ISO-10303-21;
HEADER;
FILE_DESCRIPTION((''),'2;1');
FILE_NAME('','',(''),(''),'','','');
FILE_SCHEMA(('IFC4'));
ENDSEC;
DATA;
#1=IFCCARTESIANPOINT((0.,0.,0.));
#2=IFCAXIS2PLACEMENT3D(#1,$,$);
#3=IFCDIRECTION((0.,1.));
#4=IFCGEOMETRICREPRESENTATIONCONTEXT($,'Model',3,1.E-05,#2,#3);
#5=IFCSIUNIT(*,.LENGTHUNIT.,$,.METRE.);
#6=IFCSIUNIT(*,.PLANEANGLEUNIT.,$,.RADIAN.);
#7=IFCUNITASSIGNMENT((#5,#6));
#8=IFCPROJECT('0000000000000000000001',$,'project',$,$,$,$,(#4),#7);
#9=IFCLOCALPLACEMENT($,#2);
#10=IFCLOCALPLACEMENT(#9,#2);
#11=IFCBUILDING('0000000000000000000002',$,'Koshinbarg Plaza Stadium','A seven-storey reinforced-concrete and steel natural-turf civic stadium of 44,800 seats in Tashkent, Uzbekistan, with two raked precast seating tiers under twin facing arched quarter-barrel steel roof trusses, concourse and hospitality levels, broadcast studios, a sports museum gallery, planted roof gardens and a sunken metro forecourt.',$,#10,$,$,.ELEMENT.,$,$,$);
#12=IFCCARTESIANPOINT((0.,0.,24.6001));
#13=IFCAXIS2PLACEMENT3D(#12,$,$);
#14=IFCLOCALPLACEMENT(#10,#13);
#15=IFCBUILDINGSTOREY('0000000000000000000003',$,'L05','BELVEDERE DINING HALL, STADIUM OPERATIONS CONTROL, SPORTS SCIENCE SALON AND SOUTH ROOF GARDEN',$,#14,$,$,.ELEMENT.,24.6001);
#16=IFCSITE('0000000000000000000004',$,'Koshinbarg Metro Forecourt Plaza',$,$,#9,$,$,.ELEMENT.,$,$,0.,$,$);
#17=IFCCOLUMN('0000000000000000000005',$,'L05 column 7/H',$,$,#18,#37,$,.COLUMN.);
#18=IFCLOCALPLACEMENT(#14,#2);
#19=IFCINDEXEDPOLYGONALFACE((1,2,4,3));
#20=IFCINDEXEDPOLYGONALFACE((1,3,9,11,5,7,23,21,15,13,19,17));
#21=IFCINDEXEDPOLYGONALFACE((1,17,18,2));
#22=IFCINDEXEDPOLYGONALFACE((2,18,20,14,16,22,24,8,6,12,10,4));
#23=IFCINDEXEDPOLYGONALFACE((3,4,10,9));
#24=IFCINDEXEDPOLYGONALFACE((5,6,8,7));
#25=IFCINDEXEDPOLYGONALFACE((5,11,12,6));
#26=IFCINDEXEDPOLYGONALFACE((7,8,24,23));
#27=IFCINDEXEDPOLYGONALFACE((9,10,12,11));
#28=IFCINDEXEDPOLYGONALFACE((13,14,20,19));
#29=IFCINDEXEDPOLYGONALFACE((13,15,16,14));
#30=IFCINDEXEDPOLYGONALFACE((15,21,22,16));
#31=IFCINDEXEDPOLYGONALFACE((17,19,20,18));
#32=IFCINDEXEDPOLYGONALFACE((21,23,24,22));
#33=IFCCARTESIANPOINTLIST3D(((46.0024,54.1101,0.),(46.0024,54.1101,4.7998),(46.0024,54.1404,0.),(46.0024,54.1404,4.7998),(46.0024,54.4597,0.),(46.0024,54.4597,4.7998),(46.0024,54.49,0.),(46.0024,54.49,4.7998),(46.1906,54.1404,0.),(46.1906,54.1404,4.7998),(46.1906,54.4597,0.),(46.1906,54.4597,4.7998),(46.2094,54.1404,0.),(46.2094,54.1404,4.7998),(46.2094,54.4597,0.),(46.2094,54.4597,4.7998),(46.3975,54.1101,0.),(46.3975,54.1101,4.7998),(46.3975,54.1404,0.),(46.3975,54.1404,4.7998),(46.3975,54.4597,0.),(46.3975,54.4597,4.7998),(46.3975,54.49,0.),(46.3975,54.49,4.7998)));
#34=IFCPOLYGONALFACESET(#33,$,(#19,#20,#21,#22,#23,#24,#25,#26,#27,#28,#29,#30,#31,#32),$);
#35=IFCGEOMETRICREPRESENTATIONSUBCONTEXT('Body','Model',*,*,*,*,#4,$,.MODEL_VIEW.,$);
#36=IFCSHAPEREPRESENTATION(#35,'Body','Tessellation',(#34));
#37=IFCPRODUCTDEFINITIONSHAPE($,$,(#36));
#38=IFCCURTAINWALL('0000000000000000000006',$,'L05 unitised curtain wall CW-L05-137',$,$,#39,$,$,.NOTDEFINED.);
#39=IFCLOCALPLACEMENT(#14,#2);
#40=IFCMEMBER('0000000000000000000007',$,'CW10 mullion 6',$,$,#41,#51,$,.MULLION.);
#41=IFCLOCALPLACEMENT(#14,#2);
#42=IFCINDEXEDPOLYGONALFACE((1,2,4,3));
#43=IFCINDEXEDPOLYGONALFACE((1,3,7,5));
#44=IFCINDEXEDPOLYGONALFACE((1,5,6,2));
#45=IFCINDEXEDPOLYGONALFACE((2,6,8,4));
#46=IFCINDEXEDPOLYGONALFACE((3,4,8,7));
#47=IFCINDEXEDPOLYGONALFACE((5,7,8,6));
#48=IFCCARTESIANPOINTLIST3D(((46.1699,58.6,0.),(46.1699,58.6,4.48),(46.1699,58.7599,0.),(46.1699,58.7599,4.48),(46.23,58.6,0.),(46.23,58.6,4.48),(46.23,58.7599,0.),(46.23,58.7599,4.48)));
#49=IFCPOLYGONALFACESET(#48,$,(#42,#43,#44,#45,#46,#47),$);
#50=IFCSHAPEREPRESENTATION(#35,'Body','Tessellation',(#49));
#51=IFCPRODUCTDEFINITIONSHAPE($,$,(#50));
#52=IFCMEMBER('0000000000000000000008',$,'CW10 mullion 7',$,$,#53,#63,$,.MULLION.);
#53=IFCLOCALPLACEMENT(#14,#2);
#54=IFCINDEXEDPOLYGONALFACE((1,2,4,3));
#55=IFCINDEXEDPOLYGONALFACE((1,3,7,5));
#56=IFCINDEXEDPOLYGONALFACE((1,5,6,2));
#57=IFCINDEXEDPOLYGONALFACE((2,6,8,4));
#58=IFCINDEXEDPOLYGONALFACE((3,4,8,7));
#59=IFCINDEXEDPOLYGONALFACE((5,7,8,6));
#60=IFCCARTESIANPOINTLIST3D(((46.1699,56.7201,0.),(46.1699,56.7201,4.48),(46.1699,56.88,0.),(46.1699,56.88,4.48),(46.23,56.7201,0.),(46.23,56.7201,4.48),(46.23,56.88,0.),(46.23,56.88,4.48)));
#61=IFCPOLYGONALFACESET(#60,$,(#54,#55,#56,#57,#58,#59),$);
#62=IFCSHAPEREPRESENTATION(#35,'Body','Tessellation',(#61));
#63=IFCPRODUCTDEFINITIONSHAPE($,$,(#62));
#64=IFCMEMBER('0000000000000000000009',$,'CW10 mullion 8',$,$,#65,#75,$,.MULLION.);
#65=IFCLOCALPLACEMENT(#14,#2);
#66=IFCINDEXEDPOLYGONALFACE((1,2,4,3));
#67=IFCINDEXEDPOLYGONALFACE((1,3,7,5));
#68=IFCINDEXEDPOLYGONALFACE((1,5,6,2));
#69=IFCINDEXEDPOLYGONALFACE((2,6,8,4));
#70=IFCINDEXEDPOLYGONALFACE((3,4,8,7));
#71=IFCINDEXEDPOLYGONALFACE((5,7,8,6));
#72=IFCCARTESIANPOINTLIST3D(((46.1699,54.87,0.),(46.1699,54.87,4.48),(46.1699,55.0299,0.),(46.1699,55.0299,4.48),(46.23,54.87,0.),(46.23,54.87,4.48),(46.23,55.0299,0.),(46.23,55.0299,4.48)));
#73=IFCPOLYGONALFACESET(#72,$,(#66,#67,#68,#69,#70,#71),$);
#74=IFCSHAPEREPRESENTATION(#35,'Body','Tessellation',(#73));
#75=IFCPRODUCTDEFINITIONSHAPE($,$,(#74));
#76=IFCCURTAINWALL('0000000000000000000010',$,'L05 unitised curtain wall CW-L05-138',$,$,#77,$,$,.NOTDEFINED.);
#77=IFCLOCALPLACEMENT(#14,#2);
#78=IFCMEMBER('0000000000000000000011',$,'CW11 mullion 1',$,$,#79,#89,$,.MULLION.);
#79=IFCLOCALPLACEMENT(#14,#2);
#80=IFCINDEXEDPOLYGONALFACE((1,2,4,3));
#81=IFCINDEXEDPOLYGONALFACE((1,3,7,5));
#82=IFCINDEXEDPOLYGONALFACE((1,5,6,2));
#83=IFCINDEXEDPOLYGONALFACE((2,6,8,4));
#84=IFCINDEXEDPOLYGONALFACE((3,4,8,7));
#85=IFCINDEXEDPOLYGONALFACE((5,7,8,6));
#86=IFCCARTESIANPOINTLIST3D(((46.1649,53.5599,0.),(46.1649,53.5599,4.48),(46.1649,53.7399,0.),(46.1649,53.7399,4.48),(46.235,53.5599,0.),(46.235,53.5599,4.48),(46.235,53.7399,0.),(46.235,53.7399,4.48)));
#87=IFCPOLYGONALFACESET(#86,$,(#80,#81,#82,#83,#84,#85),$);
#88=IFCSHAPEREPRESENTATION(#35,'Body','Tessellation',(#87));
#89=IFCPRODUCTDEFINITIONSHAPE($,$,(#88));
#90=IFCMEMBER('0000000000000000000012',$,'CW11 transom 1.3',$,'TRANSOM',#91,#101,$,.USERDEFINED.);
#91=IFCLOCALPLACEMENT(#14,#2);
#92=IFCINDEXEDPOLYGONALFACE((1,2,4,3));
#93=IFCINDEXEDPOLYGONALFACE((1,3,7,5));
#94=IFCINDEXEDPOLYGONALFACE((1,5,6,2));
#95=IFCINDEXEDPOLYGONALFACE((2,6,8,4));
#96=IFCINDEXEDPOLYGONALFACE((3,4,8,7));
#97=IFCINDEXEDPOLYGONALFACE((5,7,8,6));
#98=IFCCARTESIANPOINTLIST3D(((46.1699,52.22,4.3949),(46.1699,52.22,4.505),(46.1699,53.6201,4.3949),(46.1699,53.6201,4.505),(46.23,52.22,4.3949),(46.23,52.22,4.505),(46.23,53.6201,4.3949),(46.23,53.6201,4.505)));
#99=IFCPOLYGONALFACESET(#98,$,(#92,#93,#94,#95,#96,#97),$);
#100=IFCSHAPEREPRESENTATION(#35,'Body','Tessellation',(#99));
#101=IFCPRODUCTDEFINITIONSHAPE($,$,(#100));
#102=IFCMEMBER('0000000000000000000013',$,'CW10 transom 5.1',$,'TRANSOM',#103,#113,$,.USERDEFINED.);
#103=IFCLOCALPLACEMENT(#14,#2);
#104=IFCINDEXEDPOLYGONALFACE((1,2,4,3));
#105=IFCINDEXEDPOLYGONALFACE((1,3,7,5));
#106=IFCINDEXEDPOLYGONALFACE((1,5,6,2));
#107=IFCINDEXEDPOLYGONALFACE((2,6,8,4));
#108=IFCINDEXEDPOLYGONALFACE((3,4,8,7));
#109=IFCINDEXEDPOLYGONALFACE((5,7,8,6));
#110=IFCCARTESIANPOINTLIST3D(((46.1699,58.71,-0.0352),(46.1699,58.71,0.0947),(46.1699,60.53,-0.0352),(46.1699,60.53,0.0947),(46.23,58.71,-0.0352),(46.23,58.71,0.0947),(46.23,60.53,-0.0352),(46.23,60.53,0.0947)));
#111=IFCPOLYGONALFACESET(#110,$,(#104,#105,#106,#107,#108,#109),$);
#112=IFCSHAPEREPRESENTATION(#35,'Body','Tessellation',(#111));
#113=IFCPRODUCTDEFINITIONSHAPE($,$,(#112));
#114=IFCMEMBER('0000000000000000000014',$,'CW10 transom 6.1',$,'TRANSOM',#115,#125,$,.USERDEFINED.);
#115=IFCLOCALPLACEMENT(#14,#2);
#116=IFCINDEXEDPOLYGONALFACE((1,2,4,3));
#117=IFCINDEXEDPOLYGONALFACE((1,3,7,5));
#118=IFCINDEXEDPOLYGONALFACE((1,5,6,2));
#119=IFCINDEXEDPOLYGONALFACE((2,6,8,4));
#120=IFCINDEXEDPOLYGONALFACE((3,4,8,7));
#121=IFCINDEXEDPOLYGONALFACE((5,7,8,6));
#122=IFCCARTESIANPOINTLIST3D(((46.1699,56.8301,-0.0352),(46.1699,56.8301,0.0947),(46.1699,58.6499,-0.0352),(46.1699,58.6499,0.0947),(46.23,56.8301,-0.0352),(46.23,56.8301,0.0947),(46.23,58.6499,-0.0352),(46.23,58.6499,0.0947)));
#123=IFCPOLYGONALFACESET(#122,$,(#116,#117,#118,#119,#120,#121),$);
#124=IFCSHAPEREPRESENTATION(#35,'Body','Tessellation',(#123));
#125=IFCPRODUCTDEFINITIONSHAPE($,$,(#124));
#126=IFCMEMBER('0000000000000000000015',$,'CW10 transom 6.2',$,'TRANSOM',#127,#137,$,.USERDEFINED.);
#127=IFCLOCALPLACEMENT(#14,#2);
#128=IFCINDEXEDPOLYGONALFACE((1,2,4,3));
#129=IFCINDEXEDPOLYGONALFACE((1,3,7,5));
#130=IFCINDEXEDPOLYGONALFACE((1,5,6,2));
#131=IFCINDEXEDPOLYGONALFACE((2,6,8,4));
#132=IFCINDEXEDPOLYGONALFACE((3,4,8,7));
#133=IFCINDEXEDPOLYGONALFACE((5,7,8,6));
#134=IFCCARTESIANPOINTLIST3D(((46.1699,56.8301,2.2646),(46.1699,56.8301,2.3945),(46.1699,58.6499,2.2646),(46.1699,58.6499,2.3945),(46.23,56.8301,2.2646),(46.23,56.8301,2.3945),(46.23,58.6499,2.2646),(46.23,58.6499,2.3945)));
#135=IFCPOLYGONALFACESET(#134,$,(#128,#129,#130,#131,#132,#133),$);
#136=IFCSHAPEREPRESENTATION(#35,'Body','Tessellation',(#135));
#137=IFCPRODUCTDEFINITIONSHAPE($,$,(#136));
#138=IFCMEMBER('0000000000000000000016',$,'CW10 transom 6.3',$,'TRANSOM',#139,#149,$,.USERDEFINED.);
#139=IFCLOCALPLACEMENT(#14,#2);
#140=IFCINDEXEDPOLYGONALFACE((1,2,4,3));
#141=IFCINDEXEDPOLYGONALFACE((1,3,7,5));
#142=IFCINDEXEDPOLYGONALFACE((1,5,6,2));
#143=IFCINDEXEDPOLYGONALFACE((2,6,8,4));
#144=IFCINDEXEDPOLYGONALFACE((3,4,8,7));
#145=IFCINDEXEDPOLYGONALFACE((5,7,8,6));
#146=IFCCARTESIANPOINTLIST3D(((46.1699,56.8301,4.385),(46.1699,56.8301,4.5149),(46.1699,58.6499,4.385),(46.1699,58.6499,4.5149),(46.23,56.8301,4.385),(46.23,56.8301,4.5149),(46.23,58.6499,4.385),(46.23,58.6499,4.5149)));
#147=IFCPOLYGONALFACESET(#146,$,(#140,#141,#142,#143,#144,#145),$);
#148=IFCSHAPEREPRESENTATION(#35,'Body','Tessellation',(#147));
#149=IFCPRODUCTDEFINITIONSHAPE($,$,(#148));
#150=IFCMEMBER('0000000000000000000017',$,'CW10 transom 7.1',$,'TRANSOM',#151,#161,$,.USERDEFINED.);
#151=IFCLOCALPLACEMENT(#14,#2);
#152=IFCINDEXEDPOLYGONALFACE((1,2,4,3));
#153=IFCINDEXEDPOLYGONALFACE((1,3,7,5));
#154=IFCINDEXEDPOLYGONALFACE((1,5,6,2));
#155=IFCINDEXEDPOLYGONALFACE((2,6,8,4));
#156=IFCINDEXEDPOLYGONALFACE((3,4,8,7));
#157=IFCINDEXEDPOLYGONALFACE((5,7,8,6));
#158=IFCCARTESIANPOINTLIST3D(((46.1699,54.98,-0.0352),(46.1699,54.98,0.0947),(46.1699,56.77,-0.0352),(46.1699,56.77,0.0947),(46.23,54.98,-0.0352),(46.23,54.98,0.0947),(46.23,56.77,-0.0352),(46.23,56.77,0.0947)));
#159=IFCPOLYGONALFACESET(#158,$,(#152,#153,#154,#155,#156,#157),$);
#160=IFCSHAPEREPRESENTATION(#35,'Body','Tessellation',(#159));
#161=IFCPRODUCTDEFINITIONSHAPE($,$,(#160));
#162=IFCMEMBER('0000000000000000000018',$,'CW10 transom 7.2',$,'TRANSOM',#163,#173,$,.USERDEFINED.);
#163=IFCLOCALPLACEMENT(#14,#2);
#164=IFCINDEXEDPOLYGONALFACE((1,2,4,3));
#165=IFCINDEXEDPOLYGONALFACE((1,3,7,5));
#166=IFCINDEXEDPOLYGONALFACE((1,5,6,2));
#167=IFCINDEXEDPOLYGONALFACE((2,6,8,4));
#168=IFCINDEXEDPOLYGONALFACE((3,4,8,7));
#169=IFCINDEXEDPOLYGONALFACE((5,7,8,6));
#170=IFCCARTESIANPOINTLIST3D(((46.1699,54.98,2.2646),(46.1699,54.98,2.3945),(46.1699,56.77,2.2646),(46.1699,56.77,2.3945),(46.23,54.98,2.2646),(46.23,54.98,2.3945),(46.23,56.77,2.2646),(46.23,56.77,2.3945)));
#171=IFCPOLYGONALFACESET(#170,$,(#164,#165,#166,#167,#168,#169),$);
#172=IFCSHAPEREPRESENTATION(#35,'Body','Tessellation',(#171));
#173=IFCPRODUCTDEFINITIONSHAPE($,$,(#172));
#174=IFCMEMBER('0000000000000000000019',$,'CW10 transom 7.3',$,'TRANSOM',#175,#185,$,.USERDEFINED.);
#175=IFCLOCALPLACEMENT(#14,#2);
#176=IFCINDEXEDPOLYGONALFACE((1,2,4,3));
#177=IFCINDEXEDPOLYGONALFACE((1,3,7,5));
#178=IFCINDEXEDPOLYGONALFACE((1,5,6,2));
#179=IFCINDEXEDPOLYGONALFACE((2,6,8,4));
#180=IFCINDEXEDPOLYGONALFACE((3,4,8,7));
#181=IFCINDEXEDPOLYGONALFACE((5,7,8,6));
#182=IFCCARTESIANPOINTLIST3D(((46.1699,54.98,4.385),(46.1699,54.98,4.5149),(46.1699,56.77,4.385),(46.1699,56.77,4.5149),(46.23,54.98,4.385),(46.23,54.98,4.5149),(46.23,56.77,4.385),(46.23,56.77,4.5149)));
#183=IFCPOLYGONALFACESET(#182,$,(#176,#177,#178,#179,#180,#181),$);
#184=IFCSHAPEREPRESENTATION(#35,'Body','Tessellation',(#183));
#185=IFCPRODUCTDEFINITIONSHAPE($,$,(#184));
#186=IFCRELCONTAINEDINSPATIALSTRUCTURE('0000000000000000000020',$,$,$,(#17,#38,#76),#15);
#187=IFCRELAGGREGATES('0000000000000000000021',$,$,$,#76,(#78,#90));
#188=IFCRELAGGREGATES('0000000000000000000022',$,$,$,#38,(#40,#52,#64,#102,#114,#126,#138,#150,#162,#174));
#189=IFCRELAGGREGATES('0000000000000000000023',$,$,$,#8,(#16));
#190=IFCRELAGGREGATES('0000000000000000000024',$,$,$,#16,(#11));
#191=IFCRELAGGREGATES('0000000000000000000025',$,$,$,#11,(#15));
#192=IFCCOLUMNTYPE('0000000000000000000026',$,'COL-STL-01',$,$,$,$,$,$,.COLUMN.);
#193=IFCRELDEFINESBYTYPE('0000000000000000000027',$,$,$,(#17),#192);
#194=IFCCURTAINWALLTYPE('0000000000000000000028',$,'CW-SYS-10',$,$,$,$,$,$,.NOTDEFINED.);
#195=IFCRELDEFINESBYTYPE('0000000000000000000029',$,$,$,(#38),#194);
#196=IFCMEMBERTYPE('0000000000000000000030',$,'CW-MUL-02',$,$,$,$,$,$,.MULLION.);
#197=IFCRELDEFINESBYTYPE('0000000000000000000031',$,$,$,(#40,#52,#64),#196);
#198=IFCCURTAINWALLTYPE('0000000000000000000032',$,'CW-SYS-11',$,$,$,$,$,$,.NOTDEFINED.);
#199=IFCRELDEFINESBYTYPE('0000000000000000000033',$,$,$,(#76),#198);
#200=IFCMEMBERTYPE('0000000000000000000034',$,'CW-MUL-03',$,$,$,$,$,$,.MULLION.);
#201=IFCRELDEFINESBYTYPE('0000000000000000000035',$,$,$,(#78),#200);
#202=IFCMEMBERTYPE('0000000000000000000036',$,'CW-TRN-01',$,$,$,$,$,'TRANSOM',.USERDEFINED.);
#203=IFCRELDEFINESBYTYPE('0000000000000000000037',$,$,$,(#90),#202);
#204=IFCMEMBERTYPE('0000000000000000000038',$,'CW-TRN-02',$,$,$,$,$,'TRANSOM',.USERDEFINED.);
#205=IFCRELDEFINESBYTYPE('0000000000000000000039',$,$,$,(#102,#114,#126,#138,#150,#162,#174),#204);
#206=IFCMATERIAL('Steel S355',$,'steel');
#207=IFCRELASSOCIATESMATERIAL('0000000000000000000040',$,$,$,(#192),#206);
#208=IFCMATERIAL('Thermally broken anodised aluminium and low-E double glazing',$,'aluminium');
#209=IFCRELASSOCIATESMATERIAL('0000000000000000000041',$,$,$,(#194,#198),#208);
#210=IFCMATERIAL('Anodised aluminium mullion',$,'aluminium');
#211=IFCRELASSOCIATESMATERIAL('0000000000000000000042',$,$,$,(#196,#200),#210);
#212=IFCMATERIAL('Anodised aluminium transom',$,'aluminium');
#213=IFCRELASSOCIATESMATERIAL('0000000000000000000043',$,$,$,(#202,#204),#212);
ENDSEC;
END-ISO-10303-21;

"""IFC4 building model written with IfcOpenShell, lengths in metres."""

from ifc_helpers import new_model, si_unit, direction, frame, origin, origin_2d, place, context, subcontext, project, spatial, rectangle, i_section, extrude, material, material_profile, profile_set, type_object, element, aggregate, save


model = new_model("IFC4")

# Units and contexts
model_context = context("Model", 3, precision=1e-05, world=origin(), true_north=direction((0.0, 1.0)))
body_context = subcontext(model_context, "Body", "Model", "MODEL_VIEW")
ifc_project = project(units=[si_unit("LENGTHUNIT", "METRE"), si_unit("PLANEANGLEUNIT", "RADIAN")], contexts=[model_context])

# Site, building, storey
site_placement = place(None, origin())
site = spatial("IfcSite", under=ifc_project, at=site_placement, Name="Koshinbarg Metro Forecourt Plaza", CompositionType="ELEMENT", RefElevation=0.0)
building_placement = place(site_placement, origin())
building = spatial("IfcBuilding", under=site, at=building_placement, Name="Koshinbarg Plaza Stadium", Description="A seven-storey reinforced-concrete and steel natural-turf civic stadium of 44,800 seats in Tashkent, Uzbekistan, with two raked precast seating tiers under twin facing arched quarter-barrel steel roof trusses, concourse and hospitality levels, broadcast studios, a sports museum gallery, planted roof gardens and a sunken metro forecourt.", CompositionType="ELEMENT")
storey_placement = place(building_placement, frame((0.0, 0.0, 24.6001)))
storey = spatial("IfcBuildingStorey", under=building, at=storey_placement, Name="L05", Description="BELVEDERE DINING HALL, STADIUM OPERATIONS CONTROL, SPORTS SCIENCE SALON AND SOUTH ROOF GARDEN", CompositionType="ELEMENT", Elevation=24.6001)

# Column
ifc_material_1 = material(Name="Steel S355", Category="steel")
ifc_material_profile_1 = material_profile(ifc_material_1, i_section(OverallWidth=0.395, OverallDepth=0.3799, WebThickness=0.0188, FlangeThickness=0.0303, at=origin_2d()), Name="HD 400x237")
ifc_profile_set_1 = profile_set([ifc_material_profile_1], Name="Steel S355")
column_type = type_object("IfcColumnType", Name="COL-STL-01", PredefinedType="COLUMN", material=ifc_profile_set_1)
column_placement = place(storey_placement, frame((46.2, 54.3, 0.0), z_axis=(0.0, 0.0, 1.0), x_axis=(1.0, 0.0, 0.0)))
element("IfcColumn", 1, at=column_placement, inside=storey, type_object=column_type, Name="L05 column 7/H", PredefinedType="COLUMN", context=body_context, shape_type="SweptSolid", body=[
    extrude(i_section(OverallWidth=0.395, OverallDepth=0.3799, WebThickness=0.0188, FlangeThickness=0.0303, at=origin_2d()), origin(), (0.0, 0.0, 1.0), 4.7998),
])

# Curtain walls, members
ifc_material_2 = material(Name="Thermally broken anodised aluminium and low-E double glazing", Category="aluminium")
curtain_wall_type_1 = type_object("IfcCurtainWallType", Name="CW-SYS-10", PredefinedType="NOTDEFINED", material=ifc_material_2)
curtain_wall_1_placement = place(storey_placement, origin())
curtain_wall_1 = element("IfcCurtainWall", 2, at=curtain_wall_1_placement, inside=storey, type_object=curtain_wall_type_1, Name="L05 unitised curtain wall CW-L05-137", PredefinedType="NOTDEFINED")
ifc_material_3 = material(Name="Anodised aluminium mullion", Category="aluminium")
ifc_material_profile_2 = material_profile(ifc_material_3, rectangle(XDim=0.0601, YDim=0.1599, at=origin_2d()), Name="ALU 60x160")
ifc_profile_set_2 = profile_set([ifc_material_profile_2], Name="Anodised aluminium mullion")
member_type_1 = type_object("IfcMemberType", Name="CW-MUL-02", PredefinedType="MULLION", material=ifc_profile_set_2)
member_1_placement = place(storey_placement, frame((46.2, 58.6799, 0.0), z_axis=(0.0, 0.0, 1.0), x_axis=(1.0, 0.0, 0.0)))
member_1 = element("IfcMember", 3, at=member_1_placement, type_object=member_type_1, Name="CW10 mullion 6", PredefinedType="MULLION", context=body_context, shape_type="SweptSolid", body=[
    extrude(rectangle(XDim=0.0601, YDim=0.1599, at=origin_2d()), origin(), (0.0, 0.0, 1.0), 4.48),
])
member_2_placement = place(storey_placement, frame((46.2, 56.8, 0.0), z_axis=(0.0, 0.0, 1.0), x_axis=(1.0, 0.0, 0.0)))
member_2 = element("IfcMember", 4, at=member_2_placement, type_object=member_type_1, Name="CW10 mullion 7", PredefinedType="MULLION", context=body_context, shape_type="SweptSolid", body=[
    extrude(rectangle(XDim=0.0601, YDim=0.1599, at=origin_2d()), origin(), (0.0, 0.0, 1.0), 4.48),
])
member_3_placement = place(storey_placement, frame((46.2, 54.95, 0.0), z_axis=(0.0, 0.0, 1.0), x_axis=(1.0, 0.0, 0.0)))
member_3 = element("IfcMember", 5, at=member_3_placement, type_object=member_type_1, Name="CW10 mullion 8", PredefinedType="MULLION", context=body_context, shape_type="SweptSolid", body=[
    extrude(rectangle(XDim=0.0601, YDim=0.1599, at=origin_2d()), origin(), (0.0, 0.0, 1.0), 4.48),
])
curtain_wall_type_2 = type_object("IfcCurtainWallType", Name="CW-SYS-11", PredefinedType="NOTDEFINED", material=ifc_material_2)
curtain_wall_2_placement = place(storey_placement, origin())
curtain_wall_2 = element("IfcCurtainWall", 6, at=curtain_wall_2_placement, inside=storey, type_object=curtain_wall_type_2, Name="L05 unitised curtain wall CW-L05-138", PredefinedType="NOTDEFINED")
ifc_material_profile_3 = material_profile(ifc_material_3, rectangle(XDim=0.0701, YDim=0.1799, at=origin_2d()), Name="ALU 70x180")
ifc_profile_set_3 = profile_set([ifc_material_profile_3], Name="Anodised aluminium mullion")
member_type_2 = type_object("IfcMemberType", Name="CW-MUL-03", PredefinedType="MULLION", material=ifc_profile_set_3)
member_4_placement = place(storey_placement, frame((46.2, 53.6499, 0.0), z_axis=(0.0, 0.0, 1.0), x_axis=(1.0, 0.0, 0.0)))
member_4 = element("IfcMember", 7, at=member_4_placement, type_object=member_type_2, Name="CW11 mullion 1", PredefinedType="MULLION", context=body_context, shape_type="SweptSolid", body=[
    extrude(rectangle(XDim=0.0701, YDim=0.1799, at=origin_2d()), origin(), (0.0, 0.0, 1.0), 4.48),
])
ifc_material_4 = material(Name="Anodised aluminium transom", Category="aluminium")
ifc_material_profile_4 = material_profile(ifc_material_4, rectangle(XDim=0.0601, YDim=0.1101, at=origin_2d()), Name="ALU 60x110")
ifc_profile_set_4 = profile_set([ifc_material_profile_4], Name="Anodised aluminium transom")
member_type_3 = type_object("IfcMemberType", Name="CW-TRN-01", ElementType="TRANSOM", PredefinedType="USERDEFINED", material=ifc_profile_set_4)
member_5_placement = place(storey_placement, frame((46.2, 53.6201, 4.45), z_axis=(0.0, -1.0, 0.0), x_axis=(1.0, 0.0, 0.0)))
member_5 = element("IfcMember", 8, at=member_5_placement, type_object=member_type_3, Name="CW11 transom 1.3", ObjectType="TRANSOM", PredefinedType="USERDEFINED", context=body_context, shape_type="SweptSolid", body=[
    extrude(rectangle(XDim=0.0601, YDim=0.1101, at=origin_2d()), origin(), (0.0, 0.0, 1.0), 1.4001),
])
aggregate(curtain_wall_2, [member_4, member_5])

# Members
ifc_material_profile_5 = material_profile(ifc_material_4, rectangle(XDim=0.0601, YDim=0.1299, at=origin_2d()), Name="ALU 60x130")
ifc_profile_set_5 = profile_set([ifc_material_profile_5], Name="Anodised aluminium transom")
member_type_4 = type_object("IfcMemberType", Name="CW-TRN-02", ElementType="TRANSOM", PredefinedType="USERDEFINED", material=ifc_profile_set_5)
member_6_placement = place(storey_placement, frame((46.2, 60.53, 0.0298), z_axis=(0.0, -1.0, 0.0), x_axis=(1.0, 0.0, 0.0)))
member_6 = element("IfcMember", 9, at=member_6_placement, type_object=member_type_4, Name="CW10 transom 5.1", ObjectType="TRANSOM", PredefinedType="USERDEFINED", context=body_context, shape_type="SweptSolid", body=[
    extrude(rectangle(XDim=0.0601, YDim=0.1299, at=origin_2d()), origin(), (0.0, 0.0, 1.0), 1.8201),
])
member_7_placement = place(storey_placement, frame((46.2, 58.6499, 0.0298), z_axis=(0.0, -1.0, 0.0), x_axis=(1.0, 0.0, 0.0)))
member_7 = element("IfcMember", 10, at=member_7_placement, type_object=member_type_4, Name="CW10 transom 6.1", ObjectType="TRANSOM", PredefinedType="USERDEFINED", context=body_context, shape_type="SweptSolid", body=[
    extrude(rectangle(XDim=0.0601, YDim=0.1299, at=origin_2d()), origin(), (0.0, 0.0, 1.0), 1.8198),
])
member_8_placement = place(storey_placement, frame((46.2, 58.6499, 2.3296), z_axis=(0.0, -1.0, 0.0), x_axis=(1.0, 0.0, 0.0)))
member_8 = element("IfcMember", 11, at=member_8_placement, type_object=member_type_4, Name="CW10 transom 6.2", ObjectType="TRANSOM", PredefinedType="USERDEFINED", context=body_context, shape_type="SweptSolid", body=[
    extrude(rectangle(XDim=0.0601, YDim=0.1299, at=origin_2d()), origin(), (0.0, 0.0, 1.0), 1.8198),
])
member_9_placement = place(storey_placement, frame((46.2, 58.6499, 4.45), z_axis=(0.0, -1.0, 0.0), x_axis=(1.0, 0.0, 0.0)))
member_9 = element("IfcMember", 12, at=member_9_placement, type_object=member_type_4, Name="CW10 transom 6.3", ObjectType="TRANSOM", PredefinedType="USERDEFINED", context=body_context, shape_type="SweptSolid", body=[
    extrude(rectangle(XDim=0.0601, YDim=0.1299, at=origin_2d()), origin(), (0.0, 0.0, 1.0), 1.8198),
])
member_10_placement = place(storey_placement, frame((46.2, 56.77, 0.0298), z_axis=(0.0, -1.0, 0.0), x_axis=(1.0, 0.0, 0.0)))
member_10 = element("IfcMember", 13, at=member_10_placement, type_object=member_type_4, Name="CW10 transom 7.1", ObjectType="TRANSOM", PredefinedType="USERDEFINED", context=body_context, shape_type="SweptSolid", body=[
    extrude(rectangle(XDim=0.0601, YDim=0.1299, at=origin_2d()), origin(), (0.0, 0.0, 1.0), 1.79),
])
member_11_placement = place(storey_placement, frame((46.2, 56.77, 2.3296), z_axis=(0.0, -1.0, 0.0), x_axis=(1.0, 0.0, 0.0)))
member_11 = element("IfcMember", 14, at=member_11_placement, type_object=member_type_4, Name="CW10 transom 7.2", ObjectType="TRANSOM", PredefinedType="USERDEFINED", context=body_context, shape_type="SweptSolid", body=[
    extrude(rectangle(XDim=0.0601, YDim=0.1299, at=origin_2d()), origin(), (0.0, 0.0, 1.0), 1.79),
])
member_12_placement = place(storey_placement, frame((46.2, 56.77, 4.45), z_axis=(0.0, -1.0, 0.0), x_axis=(1.0, 0.0, 0.0)))
member_12 = element("IfcMember", 15, at=member_12_placement, type_object=member_type_4, Name="CW10 transom 7.3", ObjectType="TRANSOM", PredefinedType="USERDEFINED", context=body_context, shape_type="SweptSolid", body=[
    extrude(rectangle(XDim=0.0601, YDim=0.1299, at=origin_2d()), origin(), (0.0, 0.0, 1.0), 1.79),
])

aggregate(curtain_wall_1, [member_1, member_2, member_3, member_6, member_7, member_8, member_9, member_10, member_11, member_12])

save(model, "model.ifc")
